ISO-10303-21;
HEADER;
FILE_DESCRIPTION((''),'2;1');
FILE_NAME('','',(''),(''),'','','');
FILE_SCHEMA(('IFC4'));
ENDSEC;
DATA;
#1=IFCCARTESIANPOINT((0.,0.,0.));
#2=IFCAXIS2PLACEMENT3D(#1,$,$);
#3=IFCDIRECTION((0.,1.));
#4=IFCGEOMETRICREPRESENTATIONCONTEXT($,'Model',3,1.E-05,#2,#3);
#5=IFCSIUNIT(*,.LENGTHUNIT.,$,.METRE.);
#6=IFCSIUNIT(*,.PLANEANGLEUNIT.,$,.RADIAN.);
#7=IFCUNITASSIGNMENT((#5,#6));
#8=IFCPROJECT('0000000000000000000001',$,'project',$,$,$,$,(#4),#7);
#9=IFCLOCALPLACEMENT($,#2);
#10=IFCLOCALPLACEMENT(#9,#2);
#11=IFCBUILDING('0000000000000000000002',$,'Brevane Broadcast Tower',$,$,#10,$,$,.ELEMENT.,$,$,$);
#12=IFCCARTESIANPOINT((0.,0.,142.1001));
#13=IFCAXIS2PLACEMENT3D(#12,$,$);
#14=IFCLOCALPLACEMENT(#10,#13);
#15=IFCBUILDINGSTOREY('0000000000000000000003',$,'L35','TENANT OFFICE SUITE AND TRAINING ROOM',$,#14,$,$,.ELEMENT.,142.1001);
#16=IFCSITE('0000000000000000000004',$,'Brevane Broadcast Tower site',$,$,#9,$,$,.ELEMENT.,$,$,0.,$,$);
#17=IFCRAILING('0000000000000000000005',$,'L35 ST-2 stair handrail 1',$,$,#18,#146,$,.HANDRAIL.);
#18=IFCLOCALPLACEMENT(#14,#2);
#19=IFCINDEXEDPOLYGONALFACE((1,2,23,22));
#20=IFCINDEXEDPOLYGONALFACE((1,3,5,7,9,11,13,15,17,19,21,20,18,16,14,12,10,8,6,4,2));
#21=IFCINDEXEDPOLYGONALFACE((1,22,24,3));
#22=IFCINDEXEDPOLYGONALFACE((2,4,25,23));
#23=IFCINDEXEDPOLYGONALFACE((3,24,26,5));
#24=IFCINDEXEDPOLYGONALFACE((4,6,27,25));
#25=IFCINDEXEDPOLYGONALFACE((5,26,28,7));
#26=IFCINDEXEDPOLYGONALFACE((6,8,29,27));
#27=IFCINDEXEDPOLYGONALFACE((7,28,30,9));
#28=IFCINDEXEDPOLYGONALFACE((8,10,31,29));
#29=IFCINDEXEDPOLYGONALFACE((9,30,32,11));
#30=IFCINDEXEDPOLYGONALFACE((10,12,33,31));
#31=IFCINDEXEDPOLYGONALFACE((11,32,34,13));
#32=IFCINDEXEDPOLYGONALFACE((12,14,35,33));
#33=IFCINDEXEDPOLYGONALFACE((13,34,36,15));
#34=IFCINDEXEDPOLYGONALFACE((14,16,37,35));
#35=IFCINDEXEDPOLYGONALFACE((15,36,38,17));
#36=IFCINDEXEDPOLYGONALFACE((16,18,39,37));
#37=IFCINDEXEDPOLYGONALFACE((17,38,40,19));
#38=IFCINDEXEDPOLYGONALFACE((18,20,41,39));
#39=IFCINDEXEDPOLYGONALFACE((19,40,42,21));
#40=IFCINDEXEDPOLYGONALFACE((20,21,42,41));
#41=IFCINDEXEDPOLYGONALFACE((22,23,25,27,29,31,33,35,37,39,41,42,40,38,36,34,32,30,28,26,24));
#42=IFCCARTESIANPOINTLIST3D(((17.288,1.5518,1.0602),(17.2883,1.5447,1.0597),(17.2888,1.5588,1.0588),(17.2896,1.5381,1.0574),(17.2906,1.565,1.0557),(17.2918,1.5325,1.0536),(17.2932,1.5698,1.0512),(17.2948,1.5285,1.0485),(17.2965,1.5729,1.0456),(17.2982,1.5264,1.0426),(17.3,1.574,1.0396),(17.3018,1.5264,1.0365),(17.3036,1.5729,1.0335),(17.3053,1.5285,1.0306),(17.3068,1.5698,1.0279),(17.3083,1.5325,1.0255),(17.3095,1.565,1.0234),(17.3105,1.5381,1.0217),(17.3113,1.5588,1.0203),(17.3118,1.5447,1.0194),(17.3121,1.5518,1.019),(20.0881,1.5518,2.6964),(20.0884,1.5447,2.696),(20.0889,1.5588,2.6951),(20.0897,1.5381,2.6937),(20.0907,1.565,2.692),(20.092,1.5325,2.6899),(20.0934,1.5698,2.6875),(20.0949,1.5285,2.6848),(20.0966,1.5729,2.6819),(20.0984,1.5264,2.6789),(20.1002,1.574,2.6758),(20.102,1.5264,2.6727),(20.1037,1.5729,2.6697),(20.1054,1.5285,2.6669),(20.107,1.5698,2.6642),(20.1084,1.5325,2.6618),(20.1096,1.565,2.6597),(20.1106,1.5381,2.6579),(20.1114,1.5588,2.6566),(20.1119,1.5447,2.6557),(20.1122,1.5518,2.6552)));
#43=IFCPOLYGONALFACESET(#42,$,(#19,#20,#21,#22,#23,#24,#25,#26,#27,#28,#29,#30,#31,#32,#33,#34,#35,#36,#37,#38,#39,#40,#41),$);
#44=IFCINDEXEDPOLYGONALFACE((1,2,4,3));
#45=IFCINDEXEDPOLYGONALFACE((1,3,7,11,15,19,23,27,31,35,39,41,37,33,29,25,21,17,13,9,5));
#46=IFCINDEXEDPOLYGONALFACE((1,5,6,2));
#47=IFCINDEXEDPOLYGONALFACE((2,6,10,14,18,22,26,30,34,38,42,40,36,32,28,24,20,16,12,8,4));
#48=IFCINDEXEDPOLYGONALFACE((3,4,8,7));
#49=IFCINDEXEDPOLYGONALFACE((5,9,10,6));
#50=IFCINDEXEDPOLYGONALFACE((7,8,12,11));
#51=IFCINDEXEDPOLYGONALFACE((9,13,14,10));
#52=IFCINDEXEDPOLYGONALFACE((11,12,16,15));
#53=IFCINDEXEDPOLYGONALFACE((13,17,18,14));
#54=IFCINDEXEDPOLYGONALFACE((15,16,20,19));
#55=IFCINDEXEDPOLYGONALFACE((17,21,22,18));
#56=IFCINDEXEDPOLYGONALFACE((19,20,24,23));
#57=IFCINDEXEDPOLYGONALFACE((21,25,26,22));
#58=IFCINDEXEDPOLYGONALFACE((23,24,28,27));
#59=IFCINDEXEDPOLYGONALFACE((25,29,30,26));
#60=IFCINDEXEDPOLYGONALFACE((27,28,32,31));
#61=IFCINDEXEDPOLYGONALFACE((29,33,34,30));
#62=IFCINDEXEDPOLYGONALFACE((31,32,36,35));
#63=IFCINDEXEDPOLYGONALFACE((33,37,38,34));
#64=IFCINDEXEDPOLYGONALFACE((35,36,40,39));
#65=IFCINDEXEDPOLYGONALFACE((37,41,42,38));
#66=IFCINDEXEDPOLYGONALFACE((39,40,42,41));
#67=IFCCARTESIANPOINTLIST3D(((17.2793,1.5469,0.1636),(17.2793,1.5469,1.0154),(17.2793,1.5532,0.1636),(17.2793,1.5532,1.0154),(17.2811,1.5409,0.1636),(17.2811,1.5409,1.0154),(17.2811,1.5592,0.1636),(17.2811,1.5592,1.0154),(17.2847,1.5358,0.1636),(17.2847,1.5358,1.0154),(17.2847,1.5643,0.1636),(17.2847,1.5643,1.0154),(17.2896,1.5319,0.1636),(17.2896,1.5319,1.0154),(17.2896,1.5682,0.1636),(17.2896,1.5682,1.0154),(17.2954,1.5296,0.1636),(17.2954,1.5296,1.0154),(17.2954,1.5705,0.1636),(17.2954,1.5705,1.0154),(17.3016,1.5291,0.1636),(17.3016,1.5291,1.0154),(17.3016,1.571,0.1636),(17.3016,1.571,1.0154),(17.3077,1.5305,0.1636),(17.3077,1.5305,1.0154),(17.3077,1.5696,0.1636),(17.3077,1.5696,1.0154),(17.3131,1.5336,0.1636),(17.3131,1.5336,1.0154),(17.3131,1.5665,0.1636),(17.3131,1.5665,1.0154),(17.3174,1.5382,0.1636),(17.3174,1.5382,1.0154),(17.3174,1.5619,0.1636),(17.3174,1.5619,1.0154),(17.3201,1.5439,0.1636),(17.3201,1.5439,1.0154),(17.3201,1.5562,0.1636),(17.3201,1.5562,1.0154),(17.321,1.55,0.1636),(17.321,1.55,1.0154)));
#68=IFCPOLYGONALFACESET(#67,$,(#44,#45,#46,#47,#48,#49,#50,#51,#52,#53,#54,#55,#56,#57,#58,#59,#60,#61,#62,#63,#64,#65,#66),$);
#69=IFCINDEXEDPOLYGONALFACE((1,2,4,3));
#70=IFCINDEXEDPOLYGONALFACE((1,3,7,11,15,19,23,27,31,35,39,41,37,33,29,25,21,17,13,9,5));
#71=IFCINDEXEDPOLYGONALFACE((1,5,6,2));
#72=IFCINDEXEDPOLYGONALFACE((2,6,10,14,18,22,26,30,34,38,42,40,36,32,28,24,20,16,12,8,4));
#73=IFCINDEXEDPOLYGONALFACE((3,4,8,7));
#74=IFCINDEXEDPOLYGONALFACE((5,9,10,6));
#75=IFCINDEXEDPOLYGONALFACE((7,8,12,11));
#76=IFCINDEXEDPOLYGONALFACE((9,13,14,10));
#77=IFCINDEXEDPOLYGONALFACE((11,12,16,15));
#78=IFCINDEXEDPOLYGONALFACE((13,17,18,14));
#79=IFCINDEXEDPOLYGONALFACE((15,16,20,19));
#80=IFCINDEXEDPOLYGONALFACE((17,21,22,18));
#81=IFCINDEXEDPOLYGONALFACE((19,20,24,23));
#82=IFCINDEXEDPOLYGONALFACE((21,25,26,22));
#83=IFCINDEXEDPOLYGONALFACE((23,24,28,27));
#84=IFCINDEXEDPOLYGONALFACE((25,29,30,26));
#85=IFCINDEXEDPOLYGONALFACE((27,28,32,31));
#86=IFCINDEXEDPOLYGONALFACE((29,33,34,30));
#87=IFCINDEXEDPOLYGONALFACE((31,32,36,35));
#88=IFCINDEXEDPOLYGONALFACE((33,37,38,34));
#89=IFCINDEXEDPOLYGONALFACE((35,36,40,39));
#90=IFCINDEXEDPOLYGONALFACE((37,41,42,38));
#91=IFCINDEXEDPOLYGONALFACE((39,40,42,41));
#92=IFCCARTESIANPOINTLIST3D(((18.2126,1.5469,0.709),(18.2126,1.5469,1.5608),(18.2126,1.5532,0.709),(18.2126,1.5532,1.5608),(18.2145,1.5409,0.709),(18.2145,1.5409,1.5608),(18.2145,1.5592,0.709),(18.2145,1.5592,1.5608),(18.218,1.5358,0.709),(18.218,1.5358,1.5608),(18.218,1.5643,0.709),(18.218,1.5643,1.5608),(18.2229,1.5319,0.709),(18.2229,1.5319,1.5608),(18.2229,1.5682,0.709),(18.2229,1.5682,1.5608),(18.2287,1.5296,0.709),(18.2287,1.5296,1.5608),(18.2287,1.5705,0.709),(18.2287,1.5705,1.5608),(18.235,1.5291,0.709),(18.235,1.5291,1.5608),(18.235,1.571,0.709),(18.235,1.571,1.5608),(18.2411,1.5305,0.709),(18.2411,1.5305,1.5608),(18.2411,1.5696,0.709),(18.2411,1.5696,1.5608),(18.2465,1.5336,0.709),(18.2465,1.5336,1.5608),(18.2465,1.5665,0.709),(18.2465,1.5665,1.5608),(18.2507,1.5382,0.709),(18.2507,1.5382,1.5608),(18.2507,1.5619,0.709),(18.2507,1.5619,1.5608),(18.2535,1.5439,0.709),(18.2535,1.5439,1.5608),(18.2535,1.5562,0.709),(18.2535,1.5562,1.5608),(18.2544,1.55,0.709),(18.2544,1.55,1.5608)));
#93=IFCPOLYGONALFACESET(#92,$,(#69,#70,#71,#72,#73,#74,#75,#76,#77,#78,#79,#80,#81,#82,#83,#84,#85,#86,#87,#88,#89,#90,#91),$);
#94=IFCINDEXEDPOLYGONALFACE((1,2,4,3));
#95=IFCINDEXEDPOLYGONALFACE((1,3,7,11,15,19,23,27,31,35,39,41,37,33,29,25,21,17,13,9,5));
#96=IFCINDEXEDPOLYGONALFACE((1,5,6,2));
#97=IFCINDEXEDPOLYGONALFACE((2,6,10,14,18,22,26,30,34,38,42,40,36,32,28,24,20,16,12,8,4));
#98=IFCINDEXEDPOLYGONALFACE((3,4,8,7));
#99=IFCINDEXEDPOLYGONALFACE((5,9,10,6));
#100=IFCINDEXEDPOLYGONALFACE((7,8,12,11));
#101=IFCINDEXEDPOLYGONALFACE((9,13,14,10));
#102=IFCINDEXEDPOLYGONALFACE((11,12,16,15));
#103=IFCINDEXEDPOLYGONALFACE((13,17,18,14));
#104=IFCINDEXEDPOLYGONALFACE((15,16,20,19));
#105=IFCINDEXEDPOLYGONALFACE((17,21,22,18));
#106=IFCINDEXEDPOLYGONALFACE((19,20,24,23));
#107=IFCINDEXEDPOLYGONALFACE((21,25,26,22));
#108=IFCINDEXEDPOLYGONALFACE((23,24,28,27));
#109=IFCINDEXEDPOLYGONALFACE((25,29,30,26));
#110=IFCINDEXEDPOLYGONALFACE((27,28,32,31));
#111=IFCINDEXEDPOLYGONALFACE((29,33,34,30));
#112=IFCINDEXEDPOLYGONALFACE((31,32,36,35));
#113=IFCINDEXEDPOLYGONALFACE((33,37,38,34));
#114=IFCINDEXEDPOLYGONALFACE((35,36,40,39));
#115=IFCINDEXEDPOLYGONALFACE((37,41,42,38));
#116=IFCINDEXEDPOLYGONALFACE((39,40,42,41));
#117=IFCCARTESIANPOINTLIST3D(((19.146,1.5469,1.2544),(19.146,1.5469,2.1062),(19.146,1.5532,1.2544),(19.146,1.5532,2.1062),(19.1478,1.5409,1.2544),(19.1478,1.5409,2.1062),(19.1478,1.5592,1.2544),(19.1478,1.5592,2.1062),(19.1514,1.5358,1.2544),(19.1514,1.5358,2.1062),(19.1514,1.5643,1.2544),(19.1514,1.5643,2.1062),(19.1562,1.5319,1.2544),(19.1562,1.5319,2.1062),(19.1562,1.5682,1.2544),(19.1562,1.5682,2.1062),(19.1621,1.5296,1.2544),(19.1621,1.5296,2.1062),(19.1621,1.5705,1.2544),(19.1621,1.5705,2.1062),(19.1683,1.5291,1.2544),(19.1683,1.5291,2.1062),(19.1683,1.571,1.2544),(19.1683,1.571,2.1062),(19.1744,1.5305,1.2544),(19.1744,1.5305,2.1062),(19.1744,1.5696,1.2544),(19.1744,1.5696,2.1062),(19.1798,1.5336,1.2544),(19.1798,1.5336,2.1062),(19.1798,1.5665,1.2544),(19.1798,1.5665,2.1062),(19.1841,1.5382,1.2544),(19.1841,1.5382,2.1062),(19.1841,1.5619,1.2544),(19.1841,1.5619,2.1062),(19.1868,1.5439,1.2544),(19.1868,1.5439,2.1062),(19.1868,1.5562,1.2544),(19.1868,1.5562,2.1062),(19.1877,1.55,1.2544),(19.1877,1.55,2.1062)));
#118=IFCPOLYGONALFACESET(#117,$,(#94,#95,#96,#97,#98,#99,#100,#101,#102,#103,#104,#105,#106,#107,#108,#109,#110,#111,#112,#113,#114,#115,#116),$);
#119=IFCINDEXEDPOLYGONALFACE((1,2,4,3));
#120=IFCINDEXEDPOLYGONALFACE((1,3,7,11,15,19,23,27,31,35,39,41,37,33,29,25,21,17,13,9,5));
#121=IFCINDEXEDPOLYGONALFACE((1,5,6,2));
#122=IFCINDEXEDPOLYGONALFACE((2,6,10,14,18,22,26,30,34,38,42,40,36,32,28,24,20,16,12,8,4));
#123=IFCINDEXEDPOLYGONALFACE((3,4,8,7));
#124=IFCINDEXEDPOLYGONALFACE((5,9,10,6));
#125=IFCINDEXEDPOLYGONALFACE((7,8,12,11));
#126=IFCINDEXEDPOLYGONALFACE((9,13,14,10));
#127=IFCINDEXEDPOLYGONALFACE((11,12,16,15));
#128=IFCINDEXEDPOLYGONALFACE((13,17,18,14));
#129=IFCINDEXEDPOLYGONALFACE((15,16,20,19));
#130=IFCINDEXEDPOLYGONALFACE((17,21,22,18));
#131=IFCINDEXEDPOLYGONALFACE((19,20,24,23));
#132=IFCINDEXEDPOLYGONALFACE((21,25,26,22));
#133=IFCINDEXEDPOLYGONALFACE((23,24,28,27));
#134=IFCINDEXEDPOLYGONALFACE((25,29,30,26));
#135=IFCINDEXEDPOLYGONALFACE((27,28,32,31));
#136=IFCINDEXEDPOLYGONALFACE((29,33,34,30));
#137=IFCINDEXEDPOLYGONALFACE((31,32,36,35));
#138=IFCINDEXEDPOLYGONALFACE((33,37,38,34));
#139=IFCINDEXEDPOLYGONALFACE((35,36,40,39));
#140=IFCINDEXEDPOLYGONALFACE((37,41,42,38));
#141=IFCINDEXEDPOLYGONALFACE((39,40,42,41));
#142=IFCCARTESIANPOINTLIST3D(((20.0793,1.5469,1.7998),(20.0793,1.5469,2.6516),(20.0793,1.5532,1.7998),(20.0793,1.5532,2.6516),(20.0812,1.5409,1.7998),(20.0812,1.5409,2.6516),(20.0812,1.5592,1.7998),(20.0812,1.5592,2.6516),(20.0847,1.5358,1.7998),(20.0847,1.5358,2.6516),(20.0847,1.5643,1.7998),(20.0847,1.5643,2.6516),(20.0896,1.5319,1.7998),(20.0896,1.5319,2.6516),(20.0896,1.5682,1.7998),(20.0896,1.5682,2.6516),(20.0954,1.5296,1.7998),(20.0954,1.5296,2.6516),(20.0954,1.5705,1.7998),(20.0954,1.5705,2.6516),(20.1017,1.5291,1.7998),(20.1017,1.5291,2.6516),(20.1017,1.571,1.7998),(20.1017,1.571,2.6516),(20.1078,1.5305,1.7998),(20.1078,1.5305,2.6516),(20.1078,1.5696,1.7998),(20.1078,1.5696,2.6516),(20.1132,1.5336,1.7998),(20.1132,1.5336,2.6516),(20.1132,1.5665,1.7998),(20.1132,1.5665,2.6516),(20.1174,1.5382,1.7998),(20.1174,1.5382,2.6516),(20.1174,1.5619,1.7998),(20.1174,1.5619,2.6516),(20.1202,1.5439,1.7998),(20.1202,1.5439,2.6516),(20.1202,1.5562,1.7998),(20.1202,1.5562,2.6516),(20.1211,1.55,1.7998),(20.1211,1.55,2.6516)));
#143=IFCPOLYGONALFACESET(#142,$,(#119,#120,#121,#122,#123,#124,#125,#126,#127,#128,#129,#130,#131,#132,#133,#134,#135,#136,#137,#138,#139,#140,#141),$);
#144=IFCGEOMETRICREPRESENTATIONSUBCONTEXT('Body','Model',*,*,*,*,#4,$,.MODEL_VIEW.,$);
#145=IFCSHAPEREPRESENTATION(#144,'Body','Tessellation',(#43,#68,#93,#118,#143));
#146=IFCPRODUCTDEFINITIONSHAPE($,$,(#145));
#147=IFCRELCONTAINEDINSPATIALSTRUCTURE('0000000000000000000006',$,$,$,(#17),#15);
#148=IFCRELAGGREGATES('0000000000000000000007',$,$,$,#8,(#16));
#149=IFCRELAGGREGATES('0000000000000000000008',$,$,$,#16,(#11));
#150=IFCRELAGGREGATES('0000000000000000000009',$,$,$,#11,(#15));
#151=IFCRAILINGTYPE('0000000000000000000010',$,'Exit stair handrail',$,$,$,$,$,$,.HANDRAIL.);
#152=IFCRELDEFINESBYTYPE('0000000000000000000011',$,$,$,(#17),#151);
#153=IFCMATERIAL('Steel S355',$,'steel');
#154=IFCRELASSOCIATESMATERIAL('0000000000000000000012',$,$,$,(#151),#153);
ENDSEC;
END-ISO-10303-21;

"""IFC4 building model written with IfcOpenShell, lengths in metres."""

from ifc_helpers import new_model, si_unit, direction, frame, origin, origin_2d, place, context, subcontext, project, spatial, circle, extrude, material, type_object, element, save


model = new_model("IFC4")

# Units and contexts
model_context = context("Model", 3, precision=1e-05, world=origin(), true_north=direction((0.0, 1.0)))
body_context = subcontext(model_context, "Body", "Model", "MODEL_VIEW")
ifc_project = project(units=[si_unit("LENGTHUNIT", "METRE"), si_unit("PLANEANGLEUNIT", "RADIAN")], contexts=[model_context])

# Site, building, storey
site_placement = place(None, origin())
site = spatial("IfcSite", under=ifc_project, at=site_placement, Name="Brevane Broadcast Tower site", CompositionType="ELEMENT", RefElevation=0.0)
building_placement = place(site_placement, origin())
building = spatial("IfcBuilding", under=site, at=building_placement, Name="Brevane Broadcast Tower", CompositionType="ELEMENT")
storey_placement = place(building_placement, frame((0.0, 0.0, 142.1001)))
storey = spatial("IfcBuildingStorey", under=building, at=storey_placement, Name="L35", Description="TENANT OFFICE SUITE AND TRAINING ROOM", CompositionType="ELEMENT", Elevation=142.1001)

# Railing
ifc_material_1 = material(Name="Steel S355", Category="steel")
railing_type_1 = type_object("IfcRailingType", Name="Exit stair handrail", PredefinedType="HANDRAIL", material=ifc_material_1)
railing_1_placement = place(storey_placement, frame((17.3, 1.55, 0.1636)))
element("IfcRailing", 1, at=railing_1_placement, inside=storey, type_object=railing_type_1, Name="L35 ST-2 stair handrail 1", PredefinedType="HANDRAIL", context=body_context, shape_type="SweptSolid", body=[
    extrude(circle(Radius=0.0239, at=origin_2d()), frame((0.0, 0.0, 0.876), z_axis=(0.863394, 0.0, 0.504531), x_axis=(0.0, 1.0, 0.0)), (0.0, 0.0, 1.0), 3.2432),
    extrude(circle(Radius=0.021, at=origin_2d()), origin(), (0.0, 0.0, 1.0), 0.8518),
    extrude(circle(Radius=0.021, at=origin_2d()), frame((0.9333, 0.0, 0.5454)), (0.0, 0.0, 1.0), 0.8518),
    extrude(circle(Radius=0.021, at=origin_2d()), frame((1.8667, 0.0, 1.0908)), (0.0, 0.0, 1.0), 0.8518),
    extrude(circle(Radius=0.021, at=origin_2d()), frame((2.8, 0.0, 1.6362)), (0.0, 0.0, 1.0), 0.8518),
])

save(model, "model.ifc")
